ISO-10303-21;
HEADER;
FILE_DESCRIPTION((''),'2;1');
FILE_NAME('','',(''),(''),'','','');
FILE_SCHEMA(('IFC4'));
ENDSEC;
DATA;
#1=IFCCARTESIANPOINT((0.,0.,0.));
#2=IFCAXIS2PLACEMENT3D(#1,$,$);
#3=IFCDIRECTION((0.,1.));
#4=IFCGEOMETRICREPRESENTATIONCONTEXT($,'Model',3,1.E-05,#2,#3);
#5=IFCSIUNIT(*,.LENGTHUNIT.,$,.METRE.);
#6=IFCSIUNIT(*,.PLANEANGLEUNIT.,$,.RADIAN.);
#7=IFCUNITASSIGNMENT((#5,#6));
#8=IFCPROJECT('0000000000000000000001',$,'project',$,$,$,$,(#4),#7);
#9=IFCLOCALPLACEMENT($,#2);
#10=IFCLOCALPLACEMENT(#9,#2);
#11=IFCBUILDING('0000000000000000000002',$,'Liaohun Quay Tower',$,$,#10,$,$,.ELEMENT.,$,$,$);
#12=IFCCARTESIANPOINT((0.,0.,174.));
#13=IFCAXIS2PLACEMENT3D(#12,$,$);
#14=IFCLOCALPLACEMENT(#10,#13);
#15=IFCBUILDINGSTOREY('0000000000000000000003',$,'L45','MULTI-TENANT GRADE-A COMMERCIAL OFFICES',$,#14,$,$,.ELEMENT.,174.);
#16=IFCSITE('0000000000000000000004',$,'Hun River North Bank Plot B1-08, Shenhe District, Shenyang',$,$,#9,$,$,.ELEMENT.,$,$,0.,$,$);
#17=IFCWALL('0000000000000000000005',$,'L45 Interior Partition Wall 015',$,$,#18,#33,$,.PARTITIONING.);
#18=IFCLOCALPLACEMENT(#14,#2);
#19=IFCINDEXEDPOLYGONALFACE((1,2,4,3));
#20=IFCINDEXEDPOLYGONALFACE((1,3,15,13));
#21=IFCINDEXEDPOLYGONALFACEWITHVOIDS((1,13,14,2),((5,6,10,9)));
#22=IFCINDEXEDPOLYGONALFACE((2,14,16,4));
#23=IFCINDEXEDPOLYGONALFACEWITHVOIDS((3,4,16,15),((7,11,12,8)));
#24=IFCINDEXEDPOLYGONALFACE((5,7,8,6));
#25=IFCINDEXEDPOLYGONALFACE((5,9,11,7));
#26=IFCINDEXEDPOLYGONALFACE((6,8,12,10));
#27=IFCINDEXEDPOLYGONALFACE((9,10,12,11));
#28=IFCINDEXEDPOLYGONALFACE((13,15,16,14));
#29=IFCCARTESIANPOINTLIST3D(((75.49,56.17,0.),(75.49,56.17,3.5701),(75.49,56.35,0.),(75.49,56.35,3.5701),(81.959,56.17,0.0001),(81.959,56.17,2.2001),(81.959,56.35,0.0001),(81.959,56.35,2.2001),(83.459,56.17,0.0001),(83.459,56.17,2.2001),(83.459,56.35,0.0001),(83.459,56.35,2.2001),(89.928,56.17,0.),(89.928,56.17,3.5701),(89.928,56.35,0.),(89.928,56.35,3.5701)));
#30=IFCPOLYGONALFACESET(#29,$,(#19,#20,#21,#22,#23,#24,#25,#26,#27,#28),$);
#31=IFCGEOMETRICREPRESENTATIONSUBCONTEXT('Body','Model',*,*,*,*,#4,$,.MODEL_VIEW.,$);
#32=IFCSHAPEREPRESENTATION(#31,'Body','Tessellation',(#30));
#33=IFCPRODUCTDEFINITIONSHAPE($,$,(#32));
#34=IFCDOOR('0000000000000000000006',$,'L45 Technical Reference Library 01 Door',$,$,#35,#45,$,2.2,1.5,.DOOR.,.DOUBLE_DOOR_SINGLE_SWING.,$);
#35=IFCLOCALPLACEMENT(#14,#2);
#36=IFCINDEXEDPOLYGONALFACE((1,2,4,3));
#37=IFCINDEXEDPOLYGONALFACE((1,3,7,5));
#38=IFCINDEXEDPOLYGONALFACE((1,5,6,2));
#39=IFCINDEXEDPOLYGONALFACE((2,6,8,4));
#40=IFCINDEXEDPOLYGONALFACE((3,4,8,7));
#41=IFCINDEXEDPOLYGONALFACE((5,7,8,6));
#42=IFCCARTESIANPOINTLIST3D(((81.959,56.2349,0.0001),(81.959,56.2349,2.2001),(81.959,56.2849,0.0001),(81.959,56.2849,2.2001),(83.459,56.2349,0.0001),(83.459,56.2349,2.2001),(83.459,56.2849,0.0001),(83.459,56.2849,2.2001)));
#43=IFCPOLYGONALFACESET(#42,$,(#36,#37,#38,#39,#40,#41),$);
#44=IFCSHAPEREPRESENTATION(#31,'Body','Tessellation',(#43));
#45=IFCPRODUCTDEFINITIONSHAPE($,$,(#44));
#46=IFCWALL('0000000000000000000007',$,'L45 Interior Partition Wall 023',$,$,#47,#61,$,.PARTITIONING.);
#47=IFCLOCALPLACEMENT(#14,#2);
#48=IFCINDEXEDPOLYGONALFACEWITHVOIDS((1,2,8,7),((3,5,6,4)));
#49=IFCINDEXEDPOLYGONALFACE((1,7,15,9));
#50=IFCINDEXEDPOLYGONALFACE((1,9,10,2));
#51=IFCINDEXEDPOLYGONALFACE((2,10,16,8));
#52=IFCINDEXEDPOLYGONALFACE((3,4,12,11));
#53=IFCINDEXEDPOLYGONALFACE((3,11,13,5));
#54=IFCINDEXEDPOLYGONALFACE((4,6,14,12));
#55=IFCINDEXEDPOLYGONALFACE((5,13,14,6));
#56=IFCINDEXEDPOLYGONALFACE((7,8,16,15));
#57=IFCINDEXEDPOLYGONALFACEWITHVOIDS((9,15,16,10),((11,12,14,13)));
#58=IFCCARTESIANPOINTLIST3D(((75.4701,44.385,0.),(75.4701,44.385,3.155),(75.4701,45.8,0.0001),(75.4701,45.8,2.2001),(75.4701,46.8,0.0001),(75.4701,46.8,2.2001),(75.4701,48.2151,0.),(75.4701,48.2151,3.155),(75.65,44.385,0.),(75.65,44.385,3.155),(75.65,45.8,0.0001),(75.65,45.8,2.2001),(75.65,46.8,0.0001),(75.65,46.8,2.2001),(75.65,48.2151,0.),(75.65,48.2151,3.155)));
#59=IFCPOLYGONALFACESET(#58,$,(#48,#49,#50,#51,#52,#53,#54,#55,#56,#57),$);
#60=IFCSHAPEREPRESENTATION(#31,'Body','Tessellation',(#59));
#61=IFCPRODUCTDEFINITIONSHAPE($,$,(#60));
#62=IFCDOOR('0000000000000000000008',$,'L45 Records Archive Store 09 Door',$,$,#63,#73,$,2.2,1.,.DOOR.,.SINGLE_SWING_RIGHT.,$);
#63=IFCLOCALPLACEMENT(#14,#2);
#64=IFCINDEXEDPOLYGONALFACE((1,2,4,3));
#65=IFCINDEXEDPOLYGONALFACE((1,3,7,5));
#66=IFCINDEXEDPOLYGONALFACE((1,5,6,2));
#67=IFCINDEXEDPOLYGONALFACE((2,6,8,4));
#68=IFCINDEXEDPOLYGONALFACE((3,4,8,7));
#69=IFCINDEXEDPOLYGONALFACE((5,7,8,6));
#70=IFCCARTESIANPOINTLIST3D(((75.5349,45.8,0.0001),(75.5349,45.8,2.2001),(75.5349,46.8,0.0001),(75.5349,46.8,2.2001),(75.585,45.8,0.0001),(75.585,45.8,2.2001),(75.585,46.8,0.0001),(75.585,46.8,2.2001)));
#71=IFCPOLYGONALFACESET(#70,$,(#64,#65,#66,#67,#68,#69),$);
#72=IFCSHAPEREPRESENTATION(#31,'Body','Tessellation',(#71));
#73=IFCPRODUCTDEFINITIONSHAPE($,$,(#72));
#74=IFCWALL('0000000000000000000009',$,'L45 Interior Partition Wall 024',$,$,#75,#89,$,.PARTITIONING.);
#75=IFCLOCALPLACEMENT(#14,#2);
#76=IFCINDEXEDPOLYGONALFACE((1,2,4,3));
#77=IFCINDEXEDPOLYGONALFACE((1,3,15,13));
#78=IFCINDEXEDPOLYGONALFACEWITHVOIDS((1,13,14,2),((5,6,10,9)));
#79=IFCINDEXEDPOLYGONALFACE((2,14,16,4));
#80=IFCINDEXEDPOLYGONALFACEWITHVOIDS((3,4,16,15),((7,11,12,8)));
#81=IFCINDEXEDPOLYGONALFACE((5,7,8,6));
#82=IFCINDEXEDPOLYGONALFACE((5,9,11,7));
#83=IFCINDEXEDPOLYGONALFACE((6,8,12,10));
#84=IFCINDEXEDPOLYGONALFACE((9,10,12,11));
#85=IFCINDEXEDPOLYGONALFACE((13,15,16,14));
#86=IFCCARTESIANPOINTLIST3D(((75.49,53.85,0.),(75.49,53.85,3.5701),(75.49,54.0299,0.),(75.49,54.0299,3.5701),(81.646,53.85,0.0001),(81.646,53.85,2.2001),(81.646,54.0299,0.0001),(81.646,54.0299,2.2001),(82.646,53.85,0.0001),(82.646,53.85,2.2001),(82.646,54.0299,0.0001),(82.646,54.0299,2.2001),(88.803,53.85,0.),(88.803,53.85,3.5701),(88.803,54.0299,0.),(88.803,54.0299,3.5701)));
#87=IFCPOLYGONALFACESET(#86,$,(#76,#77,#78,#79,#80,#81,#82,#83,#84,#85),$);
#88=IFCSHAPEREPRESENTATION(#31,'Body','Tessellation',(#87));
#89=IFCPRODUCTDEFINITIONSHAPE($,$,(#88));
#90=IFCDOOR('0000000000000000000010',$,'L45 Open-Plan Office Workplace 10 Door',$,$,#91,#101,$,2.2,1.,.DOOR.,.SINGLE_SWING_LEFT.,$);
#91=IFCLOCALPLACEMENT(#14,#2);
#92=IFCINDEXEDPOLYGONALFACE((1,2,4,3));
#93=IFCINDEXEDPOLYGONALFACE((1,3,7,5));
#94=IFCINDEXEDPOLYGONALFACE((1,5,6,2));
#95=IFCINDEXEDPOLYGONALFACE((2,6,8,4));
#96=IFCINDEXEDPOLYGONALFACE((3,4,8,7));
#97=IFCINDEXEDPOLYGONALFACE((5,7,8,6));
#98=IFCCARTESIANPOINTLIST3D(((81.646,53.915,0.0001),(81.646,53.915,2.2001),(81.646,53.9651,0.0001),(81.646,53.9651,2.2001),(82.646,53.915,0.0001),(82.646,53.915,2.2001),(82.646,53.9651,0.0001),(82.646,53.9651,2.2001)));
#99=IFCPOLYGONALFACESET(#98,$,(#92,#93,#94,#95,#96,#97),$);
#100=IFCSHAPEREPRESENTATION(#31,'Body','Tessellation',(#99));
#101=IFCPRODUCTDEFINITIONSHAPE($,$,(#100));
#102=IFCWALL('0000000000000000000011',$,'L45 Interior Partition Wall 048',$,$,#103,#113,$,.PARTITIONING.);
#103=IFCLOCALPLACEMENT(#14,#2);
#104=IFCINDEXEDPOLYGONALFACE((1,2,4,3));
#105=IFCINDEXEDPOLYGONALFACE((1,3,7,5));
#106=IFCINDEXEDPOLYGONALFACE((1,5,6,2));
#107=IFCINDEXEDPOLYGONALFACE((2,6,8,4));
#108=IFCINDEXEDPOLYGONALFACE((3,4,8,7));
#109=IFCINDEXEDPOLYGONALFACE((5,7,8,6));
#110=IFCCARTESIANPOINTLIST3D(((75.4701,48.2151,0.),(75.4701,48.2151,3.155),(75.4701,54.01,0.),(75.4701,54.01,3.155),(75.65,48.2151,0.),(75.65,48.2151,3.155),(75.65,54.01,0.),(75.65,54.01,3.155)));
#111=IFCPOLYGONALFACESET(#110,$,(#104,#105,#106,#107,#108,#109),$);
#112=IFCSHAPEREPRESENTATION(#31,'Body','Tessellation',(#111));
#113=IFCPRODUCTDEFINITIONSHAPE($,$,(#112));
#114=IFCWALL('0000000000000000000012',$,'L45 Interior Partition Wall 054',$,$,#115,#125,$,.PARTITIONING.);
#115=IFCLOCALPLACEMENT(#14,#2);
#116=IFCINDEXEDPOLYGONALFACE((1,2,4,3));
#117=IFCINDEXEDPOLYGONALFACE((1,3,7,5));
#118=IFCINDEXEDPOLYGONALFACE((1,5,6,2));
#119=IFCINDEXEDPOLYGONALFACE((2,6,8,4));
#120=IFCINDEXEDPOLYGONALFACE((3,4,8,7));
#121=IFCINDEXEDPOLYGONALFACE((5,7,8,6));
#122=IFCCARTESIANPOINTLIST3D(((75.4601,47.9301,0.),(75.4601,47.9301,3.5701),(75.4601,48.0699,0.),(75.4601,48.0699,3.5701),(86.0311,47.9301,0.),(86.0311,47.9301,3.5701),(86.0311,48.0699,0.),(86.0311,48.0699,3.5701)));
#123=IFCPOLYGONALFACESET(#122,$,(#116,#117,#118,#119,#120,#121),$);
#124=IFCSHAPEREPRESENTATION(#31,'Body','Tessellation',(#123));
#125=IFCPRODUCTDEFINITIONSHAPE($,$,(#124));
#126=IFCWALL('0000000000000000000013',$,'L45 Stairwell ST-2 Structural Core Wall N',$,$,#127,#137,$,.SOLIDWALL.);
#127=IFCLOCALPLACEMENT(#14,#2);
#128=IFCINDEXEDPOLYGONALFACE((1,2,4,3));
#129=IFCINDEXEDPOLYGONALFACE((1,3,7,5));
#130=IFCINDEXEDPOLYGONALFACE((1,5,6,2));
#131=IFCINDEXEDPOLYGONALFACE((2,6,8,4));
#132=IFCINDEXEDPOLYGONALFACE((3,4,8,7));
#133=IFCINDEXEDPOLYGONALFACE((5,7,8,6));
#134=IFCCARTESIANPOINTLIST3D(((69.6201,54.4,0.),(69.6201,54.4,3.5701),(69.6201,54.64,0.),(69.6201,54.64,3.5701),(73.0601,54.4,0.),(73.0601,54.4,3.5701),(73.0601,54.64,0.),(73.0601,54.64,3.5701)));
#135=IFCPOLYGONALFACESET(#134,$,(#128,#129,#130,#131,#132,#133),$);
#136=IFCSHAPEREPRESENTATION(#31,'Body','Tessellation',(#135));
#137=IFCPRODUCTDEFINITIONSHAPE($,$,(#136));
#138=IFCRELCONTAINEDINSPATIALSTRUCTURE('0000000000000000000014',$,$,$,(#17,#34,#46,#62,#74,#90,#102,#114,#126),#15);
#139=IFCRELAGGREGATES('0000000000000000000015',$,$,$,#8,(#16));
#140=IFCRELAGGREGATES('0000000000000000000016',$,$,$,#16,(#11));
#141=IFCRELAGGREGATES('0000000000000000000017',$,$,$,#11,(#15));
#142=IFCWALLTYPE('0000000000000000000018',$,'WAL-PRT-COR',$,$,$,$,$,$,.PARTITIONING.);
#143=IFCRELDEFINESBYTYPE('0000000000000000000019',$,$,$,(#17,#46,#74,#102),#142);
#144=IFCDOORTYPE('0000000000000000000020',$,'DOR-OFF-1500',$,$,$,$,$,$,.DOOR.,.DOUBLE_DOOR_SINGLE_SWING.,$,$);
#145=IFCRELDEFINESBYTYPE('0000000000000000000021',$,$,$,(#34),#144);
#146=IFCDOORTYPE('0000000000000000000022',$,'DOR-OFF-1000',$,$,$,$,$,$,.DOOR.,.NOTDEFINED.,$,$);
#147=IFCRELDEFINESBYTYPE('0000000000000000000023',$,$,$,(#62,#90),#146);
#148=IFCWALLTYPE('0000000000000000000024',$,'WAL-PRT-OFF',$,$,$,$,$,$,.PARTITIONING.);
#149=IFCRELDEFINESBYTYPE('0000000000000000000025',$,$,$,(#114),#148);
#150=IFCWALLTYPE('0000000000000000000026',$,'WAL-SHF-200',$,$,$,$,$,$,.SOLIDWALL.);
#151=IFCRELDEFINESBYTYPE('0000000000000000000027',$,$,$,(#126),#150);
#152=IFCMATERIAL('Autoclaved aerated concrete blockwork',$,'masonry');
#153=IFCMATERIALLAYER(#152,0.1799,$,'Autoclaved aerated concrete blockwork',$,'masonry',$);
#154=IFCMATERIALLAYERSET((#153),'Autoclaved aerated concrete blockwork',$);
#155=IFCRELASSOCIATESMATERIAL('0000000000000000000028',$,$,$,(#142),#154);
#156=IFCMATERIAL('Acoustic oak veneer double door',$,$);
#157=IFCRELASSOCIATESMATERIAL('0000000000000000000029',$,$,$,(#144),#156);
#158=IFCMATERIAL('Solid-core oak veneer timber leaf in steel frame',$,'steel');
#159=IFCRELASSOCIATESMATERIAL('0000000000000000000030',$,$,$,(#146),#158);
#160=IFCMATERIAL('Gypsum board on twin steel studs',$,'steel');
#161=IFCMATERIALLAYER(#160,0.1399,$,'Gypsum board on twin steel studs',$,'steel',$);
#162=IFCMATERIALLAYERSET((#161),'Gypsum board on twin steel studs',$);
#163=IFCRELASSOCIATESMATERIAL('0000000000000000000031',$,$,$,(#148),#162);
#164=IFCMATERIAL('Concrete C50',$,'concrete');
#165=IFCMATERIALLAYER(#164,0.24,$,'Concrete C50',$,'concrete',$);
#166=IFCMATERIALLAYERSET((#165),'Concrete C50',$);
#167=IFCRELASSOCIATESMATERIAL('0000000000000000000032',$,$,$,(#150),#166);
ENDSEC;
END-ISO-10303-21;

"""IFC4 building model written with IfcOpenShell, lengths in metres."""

from ifc_helpers import new_model, si_unit, direction, frame, frame_2d, origin, place, context, subcontext, project, spatial, rectangle, extrude, source, transform, mapped, material, layer, layer_set, type_object, element, fill, save


model = new_model("IFC4")

# Units and contexts
model_context = context("Model", 3, precision=1e-05, world=origin(), true_north=direction((0.0, 1.0)))
body_context = subcontext(model_context, "Body", "Model", "MODEL_VIEW")
ifc_project = project(units=[si_unit("LENGTHUNIT", "METRE"), si_unit("PLANEANGLEUNIT", "RADIAN")], contexts=[model_context])

# Site, building, storey
site_placement = place(None, origin())
site = spatial("IfcSite", under=ifc_project, at=site_placement, Name="Hun River North Bank Plot B1-08, Shenhe District, Shenyang", CompositionType="ELEMENT", RefElevation=0.0)
building_placement = place(site_placement, origin())
building = spatial("IfcBuilding", under=site, at=building_placement, Name="Liaohun Quay Tower", CompositionType="ELEMENT")
storey_placement = place(building_placement, frame((0.0, 0.0, 174.0)))
storey = spatial("IfcBuildingStorey", under=building, at=storey_placement, Name="L45", Description="MULTI-TENANT GRADE-A COMMERCIAL OFFICES", CompositionType="ELEMENT", Elevation=174.0)

# Walls, openings, doors
ifc_material_1 = material(Name="Autoclaved aerated concrete blockwork", Category="masonry")
ifc_layer_1 = layer(ifc_material_1, 0.1799, Name="Autoclaved aerated concrete blockwork", Category="masonry")
ifc_layer_set_1 = layer_set([ifc_layer_1], Name="Autoclaved aerated concrete blockwork")
wall_type_1 = type_object("IfcWallType", Name="WAL-PRT-COR", PredefinedType="PARTITIONING", material=ifc_layer_set_1)
wall_1_placement = place(storey_placement, frame((75.49, 56.26, 0.0), z_axis=(0.0, 0.0, 1.0), x_axis=(1.0, 0.0, 0.0)))
wall_1 = element("IfcWall", 1, at=wall_1_placement, inside=storey, type_object=wall_type_1, Name="L45 Interior Partition Wall 015", PredefinedType="PARTITIONING", context=body_context, shape_type="SweptSolid", body=[
    extrude(rectangle(XDim=14.438, YDim=0.1799, at=frame_2d((7.219, 0.0))), origin(), (0.0, 0.0, 1.0), 3.5701),
])
shared_shape_1 = source(origin(), body_context, "Body", "SweptSolid", [
    extrude(rectangle(XDim=1.5, YDim=2.2, at=frame_2d((0.75, 1.1001))), frame((0.0, 0.0999, 0.0), z_axis=(0.0, -1.0, 0.0), x_axis=(1.0, 0.0, 0.0)), (0.0, 0.0, 1.0), 0.2),
])
opening_1_placement = place(wall_1_placement, frame((6.469, 0.0, 0.0)))
opening_1 = element("IfcOpeningElement", 2, at=opening_1_placement, cuts=wall_1, PredefinedType="OPENING", context=body_context, shape_type="MappedRepresentation", body=[
    mapped(shared_shape_1, transform((0.0, 0.0, 0.0), x_axis=(1.0, 0.0, 0.0), y_axis=(0.0, 1.0, 0.0), z_axis=(0.0, 0.0, 1.0), scale=1.0)),
])
ifc_material_2 = material(Name="Acoustic oak veneer double door")
door_type_1 = type_object("IfcDoorType", Name="DOR-OFF-1500", OperationType="DOUBLE_DOOR_SINGLE_SWING", PredefinedType="DOOR", material=ifc_material_2)
shared_shape_2 = source(origin(), body_context, "Body", "SweptSolid", [
    extrude(rectangle(XDim=1.5, YDim=2.2, at=frame_2d((0.75, 1.1001))), frame((0.0, 0.0249, 0.0), z_axis=(0.0, -1.0, 0.0), x_axis=(1.0, 0.0, 0.0)), (0.0, 0.0, 1.0), 0.05),
])
door_1_placement = place(opening_1_placement, origin())
door_1 = element("IfcDoor", 3, at=door_1_placement, inside=storey, type_object=door_type_1, Name="L45 Technical Reference Library 01 Door", OperationType="DOUBLE_DOOR_SINGLE_SWING", OverallHeight=2.2, OverallWidth=1.5, PredefinedType="DOOR", context=body_context, shape_type="MappedRepresentation", body=[
    mapped(shared_shape_2, transform((0.0, 0.0, 0.0), x_axis=(1.0, 0.0, 0.0), y_axis=(0.0, 1.0, 0.0), z_axis=(0.0, 0.0, 1.0), scale=1.0)),
])
fill(opening_1, door_1)
wall_2_placement = place(storey_placement, frame((75.5601, 48.2151, 0.0), z_axis=(0.0, 0.0, 1.0), x_axis=(0.0, -1.0, 0.0)))
wall_2 = element("IfcWall", 4, at=wall_2_placement, inside=storey, type_object=wall_type_1, Name="L45 Interior Partition Wall 023", PredefinedType="PARTITIONING", context=body_context, shape_type="SweptSolid", body=[
    extrude(rectangle(XDim=3.8301, YDim=0.1799, at=frame_2d((1.915, 0.0))), origin(), (0.0, 0.0, 1.0), 3.155),
])
shared_shape_3 = source(origin(), body_context, "Body", "SweptSolid", [
    extrude(rectangle(XDim=1.0, YDim=2.2, at=frame_2d((0.5, 1.1001))), frame((0.0, 0.0999, 0.0), z_axis=(0.0, -1.0, 0.0), x_axis=(1.0, 0.0, 0.0)), (0.0, 0.0, 1.0), 0.2),
])
opening_2_placement = place(wall_2_placement, frame((1.415, 0.0, 0.0)))
opening_2 = element("IfcOpeningElement", 5, at=opening_2_placement, cuts=wall_2, PredefinedType="OPENING", context=body_context, shape_type="MappedRepresentation", body=[
    mapped(shared_shape_3, transform((0.0, 0.0, 0.0), x_axis=(1.0, 0.0, 0.0), y_axis=(0.0, 1.0, 0.0), z_axis=(0.0, 0.0, 1.0), scale=1.0)),
])
ifc_material_3 = material(Name="Solid-core oak veneer timber leaf in steel frame", Category="steel")
door_type_2 = type_object("IfcDoorType", Name="DOR-OFF-1000", OperationType="NOTDEFINED", PredefinedType="DOOR", material=ifc_material_3)
shared_shape_4 = source(origin(), body_context, "Body", "SweptSolid", [
    extrude(rectangle(XDim=1.0, YDim=2.2, at=frame_2d((0.5, 1.1001))), frame((0.0, 0.0249, 0.0), z_axis=(0.0, -1.0, 0.0), x_axis=(1.0, 0.0, 0.0)), (0.0, 0.0, 1.0), 0.05),
])
door_2_placement = place(opening_2_placement, origin())
door_2 = element("IfcDoor", 6, at=door_2_placement, inside=storey, type_object=door_type_2, Name="L45 Records Archive Store 09 Door", OperationType="SINGLE_SWING_RIGHT", OverallHeight=2.2, OverallWidth=1.0, PredefinedType="DOOR", context=body_context, shape_type="MappedRepresentation", body=[
    mapped(shared_shape_4, transform((0.0, 0.0, 0.0), x_axis=(1.0, 0.0, 0.0), y_axis=(0.0, 1.0, 0.0), z_axis=(0.0, 0.0, 1.0), scale=1.0)),
])
fill(opening_2, door_2)
wall_3_placement = place(storey_placement, frame((88.803, 53.9399, 0.0), z_axis=(0.0, 0.0, 1.0), x_axis=(-1.0, 0.0, 0.0)))
wall_3 = element("IfcWall", 7, at=wall_3_placement, inside=storey, type_object=wall_type_1, Name="L45 Interior Partition Wall 024", PredefinedType="PARTITIONING", context=body_context, shape_type="SweptSolid", body=[
    extrude(rectangle(XDim=13.313, YDim=0.1799, at=frame_2d((6.6565, 0.0))), origin(), (0.0, 0.0, 1.0), 3.5701),
])
opening_3_placement = place(wall_3_placement, frame((6.157, 0.0, 0.0)))
opening_3 = element("IfcOpeningElement", 8, at=opening_3_placement, cuts=wall_3, PredefinedType="OPENING", context=body_context, shape_type="MappedRepresentation", body=[
    mapped(shared_shape_3, transform((0.0, 0.0, 0.0), x_axis=(1.0, 0.0, 0.0), y_axis=(0.0, 1.0, 0.0), z_axis=(0.0, 0.0, 1.0), scale=1.0)),
])
door_3_placement = place(opening_3_placement, origin())
door_3 = element("IfcDoor", 9, at=door_3_placement, inside=storey, type_object=door_type_2, Name="L45 Open-Plan Office Workplace 10 Door", OperationType="SINGLE_SWING_LEFT", OverallHeight=2.2, OverallWidth=1.0, PredefinedType="DOOR", context=body_context, shape_type="MappedRepresentation", body=[
    mapped(shared_shape_4, transform((0.0, 0.0, 0.0), x_axis=(1.0, 0.0, 0.0), y_axis=(0.0, 1.0, 0.0), z_axis=(0.0, 0.0, 1.0), scale=1.0)),
])
fill(opening_3, door_3)

# Walls
wall_4_placement = place(storey_placement, frame((75.5601, 54.01, 0.0), z_axis=(0.0, 0.0, 1.0), x_axis=(0.0, -1.0, 0.0)))
element("IfcWall", 10, at=wall_4_placement, inside=storey, type_object=wall_type_1, Name="L45 Interior Partition Wall 048", PredefinedType="PARTITIONING", context=body_context, shape_type="SweptSolid", body=[
    extrude(rectangle(XDim=5.7949, YDim=0.1799, at=frame_2d((2.8975, 0.0))), origin(), (0.0, 0.0, 1.0), 3.155),
])
ifc_material_4 = material(Name="Gypsum board on twin steel studs", Category="steel")
ifc_layer_2 = layer(ifc_material_4, 0.1399, Name="Gypsum board on twin steel studs", Category="steel")
ifc_layer_set_2 = layer_set([ifc_layer_2], Name="Gypsum board on twin steel studs")
wall_type_2 = type_object("IfcWallType", Name="WAL-PRT-OFF", PredefinedType="PARTITIONING", material=ifc_layer_set_2)
wall_5_placement = place(storey_placement, frame((75.46, 48.0, 0.0), z_axis=(0.0, 0.0, 1.0), x_axis=(1.0, 0.0, 0.0)))
element("IfcWall", 11, at=wall_5_placement, inside=storey, type_object=wall_type_2, Name="L45 Interior Partition Wall 054", PredefinedType="PARTITIONING", context=body_context, shape_type="SweptSolid", body=[
    extrude(rectangle(XDim=10.571, YDim=0.1399, at=frame_2d((5.2856, 0.0))), origin(), (0.0, 0.0, 1.0), 3.5701),
])

# Wall
ifc_material_5 = material(Name="Concrete C50", Category="concrete")
ifc_layer_3 = layer(ifc_material_5, 0.24, Name="Concrete C50", Category="concrete")
ifc_layer_set_3 = layer_set([ifc_layer_3], Name="Concrete C50")
wall_type_3 = type_object("IfcWallType", Name="WAL-SHF-200", PredefinedType="SOLIDWALL", material=ifc_layer_set_3)
wall_6_placement = place(storey_placement, frame((73.0601, 54.52, 0.0), z_axis=(0.0, 0.0, 1.0), x_axis=(-1.0, 0.0, 0.0)))
element("IfcWall", 12, at=wall_6_placement, inside=storey, type_object=wall_type_3, Name="L45 Stairwell ST-2 Structural Core Wall N", PredefinedType="SOLIDWALL", context=body_context, shape_type="SweptSolid", body=[
    extrude(rectangle(XDim=3.4399, YDim=0.24, at=frame_2d((1.72, 0.0))), origin(), (0.0, 0.0, 1.0), 3.5701),
])

save(model, "model.ifc")
